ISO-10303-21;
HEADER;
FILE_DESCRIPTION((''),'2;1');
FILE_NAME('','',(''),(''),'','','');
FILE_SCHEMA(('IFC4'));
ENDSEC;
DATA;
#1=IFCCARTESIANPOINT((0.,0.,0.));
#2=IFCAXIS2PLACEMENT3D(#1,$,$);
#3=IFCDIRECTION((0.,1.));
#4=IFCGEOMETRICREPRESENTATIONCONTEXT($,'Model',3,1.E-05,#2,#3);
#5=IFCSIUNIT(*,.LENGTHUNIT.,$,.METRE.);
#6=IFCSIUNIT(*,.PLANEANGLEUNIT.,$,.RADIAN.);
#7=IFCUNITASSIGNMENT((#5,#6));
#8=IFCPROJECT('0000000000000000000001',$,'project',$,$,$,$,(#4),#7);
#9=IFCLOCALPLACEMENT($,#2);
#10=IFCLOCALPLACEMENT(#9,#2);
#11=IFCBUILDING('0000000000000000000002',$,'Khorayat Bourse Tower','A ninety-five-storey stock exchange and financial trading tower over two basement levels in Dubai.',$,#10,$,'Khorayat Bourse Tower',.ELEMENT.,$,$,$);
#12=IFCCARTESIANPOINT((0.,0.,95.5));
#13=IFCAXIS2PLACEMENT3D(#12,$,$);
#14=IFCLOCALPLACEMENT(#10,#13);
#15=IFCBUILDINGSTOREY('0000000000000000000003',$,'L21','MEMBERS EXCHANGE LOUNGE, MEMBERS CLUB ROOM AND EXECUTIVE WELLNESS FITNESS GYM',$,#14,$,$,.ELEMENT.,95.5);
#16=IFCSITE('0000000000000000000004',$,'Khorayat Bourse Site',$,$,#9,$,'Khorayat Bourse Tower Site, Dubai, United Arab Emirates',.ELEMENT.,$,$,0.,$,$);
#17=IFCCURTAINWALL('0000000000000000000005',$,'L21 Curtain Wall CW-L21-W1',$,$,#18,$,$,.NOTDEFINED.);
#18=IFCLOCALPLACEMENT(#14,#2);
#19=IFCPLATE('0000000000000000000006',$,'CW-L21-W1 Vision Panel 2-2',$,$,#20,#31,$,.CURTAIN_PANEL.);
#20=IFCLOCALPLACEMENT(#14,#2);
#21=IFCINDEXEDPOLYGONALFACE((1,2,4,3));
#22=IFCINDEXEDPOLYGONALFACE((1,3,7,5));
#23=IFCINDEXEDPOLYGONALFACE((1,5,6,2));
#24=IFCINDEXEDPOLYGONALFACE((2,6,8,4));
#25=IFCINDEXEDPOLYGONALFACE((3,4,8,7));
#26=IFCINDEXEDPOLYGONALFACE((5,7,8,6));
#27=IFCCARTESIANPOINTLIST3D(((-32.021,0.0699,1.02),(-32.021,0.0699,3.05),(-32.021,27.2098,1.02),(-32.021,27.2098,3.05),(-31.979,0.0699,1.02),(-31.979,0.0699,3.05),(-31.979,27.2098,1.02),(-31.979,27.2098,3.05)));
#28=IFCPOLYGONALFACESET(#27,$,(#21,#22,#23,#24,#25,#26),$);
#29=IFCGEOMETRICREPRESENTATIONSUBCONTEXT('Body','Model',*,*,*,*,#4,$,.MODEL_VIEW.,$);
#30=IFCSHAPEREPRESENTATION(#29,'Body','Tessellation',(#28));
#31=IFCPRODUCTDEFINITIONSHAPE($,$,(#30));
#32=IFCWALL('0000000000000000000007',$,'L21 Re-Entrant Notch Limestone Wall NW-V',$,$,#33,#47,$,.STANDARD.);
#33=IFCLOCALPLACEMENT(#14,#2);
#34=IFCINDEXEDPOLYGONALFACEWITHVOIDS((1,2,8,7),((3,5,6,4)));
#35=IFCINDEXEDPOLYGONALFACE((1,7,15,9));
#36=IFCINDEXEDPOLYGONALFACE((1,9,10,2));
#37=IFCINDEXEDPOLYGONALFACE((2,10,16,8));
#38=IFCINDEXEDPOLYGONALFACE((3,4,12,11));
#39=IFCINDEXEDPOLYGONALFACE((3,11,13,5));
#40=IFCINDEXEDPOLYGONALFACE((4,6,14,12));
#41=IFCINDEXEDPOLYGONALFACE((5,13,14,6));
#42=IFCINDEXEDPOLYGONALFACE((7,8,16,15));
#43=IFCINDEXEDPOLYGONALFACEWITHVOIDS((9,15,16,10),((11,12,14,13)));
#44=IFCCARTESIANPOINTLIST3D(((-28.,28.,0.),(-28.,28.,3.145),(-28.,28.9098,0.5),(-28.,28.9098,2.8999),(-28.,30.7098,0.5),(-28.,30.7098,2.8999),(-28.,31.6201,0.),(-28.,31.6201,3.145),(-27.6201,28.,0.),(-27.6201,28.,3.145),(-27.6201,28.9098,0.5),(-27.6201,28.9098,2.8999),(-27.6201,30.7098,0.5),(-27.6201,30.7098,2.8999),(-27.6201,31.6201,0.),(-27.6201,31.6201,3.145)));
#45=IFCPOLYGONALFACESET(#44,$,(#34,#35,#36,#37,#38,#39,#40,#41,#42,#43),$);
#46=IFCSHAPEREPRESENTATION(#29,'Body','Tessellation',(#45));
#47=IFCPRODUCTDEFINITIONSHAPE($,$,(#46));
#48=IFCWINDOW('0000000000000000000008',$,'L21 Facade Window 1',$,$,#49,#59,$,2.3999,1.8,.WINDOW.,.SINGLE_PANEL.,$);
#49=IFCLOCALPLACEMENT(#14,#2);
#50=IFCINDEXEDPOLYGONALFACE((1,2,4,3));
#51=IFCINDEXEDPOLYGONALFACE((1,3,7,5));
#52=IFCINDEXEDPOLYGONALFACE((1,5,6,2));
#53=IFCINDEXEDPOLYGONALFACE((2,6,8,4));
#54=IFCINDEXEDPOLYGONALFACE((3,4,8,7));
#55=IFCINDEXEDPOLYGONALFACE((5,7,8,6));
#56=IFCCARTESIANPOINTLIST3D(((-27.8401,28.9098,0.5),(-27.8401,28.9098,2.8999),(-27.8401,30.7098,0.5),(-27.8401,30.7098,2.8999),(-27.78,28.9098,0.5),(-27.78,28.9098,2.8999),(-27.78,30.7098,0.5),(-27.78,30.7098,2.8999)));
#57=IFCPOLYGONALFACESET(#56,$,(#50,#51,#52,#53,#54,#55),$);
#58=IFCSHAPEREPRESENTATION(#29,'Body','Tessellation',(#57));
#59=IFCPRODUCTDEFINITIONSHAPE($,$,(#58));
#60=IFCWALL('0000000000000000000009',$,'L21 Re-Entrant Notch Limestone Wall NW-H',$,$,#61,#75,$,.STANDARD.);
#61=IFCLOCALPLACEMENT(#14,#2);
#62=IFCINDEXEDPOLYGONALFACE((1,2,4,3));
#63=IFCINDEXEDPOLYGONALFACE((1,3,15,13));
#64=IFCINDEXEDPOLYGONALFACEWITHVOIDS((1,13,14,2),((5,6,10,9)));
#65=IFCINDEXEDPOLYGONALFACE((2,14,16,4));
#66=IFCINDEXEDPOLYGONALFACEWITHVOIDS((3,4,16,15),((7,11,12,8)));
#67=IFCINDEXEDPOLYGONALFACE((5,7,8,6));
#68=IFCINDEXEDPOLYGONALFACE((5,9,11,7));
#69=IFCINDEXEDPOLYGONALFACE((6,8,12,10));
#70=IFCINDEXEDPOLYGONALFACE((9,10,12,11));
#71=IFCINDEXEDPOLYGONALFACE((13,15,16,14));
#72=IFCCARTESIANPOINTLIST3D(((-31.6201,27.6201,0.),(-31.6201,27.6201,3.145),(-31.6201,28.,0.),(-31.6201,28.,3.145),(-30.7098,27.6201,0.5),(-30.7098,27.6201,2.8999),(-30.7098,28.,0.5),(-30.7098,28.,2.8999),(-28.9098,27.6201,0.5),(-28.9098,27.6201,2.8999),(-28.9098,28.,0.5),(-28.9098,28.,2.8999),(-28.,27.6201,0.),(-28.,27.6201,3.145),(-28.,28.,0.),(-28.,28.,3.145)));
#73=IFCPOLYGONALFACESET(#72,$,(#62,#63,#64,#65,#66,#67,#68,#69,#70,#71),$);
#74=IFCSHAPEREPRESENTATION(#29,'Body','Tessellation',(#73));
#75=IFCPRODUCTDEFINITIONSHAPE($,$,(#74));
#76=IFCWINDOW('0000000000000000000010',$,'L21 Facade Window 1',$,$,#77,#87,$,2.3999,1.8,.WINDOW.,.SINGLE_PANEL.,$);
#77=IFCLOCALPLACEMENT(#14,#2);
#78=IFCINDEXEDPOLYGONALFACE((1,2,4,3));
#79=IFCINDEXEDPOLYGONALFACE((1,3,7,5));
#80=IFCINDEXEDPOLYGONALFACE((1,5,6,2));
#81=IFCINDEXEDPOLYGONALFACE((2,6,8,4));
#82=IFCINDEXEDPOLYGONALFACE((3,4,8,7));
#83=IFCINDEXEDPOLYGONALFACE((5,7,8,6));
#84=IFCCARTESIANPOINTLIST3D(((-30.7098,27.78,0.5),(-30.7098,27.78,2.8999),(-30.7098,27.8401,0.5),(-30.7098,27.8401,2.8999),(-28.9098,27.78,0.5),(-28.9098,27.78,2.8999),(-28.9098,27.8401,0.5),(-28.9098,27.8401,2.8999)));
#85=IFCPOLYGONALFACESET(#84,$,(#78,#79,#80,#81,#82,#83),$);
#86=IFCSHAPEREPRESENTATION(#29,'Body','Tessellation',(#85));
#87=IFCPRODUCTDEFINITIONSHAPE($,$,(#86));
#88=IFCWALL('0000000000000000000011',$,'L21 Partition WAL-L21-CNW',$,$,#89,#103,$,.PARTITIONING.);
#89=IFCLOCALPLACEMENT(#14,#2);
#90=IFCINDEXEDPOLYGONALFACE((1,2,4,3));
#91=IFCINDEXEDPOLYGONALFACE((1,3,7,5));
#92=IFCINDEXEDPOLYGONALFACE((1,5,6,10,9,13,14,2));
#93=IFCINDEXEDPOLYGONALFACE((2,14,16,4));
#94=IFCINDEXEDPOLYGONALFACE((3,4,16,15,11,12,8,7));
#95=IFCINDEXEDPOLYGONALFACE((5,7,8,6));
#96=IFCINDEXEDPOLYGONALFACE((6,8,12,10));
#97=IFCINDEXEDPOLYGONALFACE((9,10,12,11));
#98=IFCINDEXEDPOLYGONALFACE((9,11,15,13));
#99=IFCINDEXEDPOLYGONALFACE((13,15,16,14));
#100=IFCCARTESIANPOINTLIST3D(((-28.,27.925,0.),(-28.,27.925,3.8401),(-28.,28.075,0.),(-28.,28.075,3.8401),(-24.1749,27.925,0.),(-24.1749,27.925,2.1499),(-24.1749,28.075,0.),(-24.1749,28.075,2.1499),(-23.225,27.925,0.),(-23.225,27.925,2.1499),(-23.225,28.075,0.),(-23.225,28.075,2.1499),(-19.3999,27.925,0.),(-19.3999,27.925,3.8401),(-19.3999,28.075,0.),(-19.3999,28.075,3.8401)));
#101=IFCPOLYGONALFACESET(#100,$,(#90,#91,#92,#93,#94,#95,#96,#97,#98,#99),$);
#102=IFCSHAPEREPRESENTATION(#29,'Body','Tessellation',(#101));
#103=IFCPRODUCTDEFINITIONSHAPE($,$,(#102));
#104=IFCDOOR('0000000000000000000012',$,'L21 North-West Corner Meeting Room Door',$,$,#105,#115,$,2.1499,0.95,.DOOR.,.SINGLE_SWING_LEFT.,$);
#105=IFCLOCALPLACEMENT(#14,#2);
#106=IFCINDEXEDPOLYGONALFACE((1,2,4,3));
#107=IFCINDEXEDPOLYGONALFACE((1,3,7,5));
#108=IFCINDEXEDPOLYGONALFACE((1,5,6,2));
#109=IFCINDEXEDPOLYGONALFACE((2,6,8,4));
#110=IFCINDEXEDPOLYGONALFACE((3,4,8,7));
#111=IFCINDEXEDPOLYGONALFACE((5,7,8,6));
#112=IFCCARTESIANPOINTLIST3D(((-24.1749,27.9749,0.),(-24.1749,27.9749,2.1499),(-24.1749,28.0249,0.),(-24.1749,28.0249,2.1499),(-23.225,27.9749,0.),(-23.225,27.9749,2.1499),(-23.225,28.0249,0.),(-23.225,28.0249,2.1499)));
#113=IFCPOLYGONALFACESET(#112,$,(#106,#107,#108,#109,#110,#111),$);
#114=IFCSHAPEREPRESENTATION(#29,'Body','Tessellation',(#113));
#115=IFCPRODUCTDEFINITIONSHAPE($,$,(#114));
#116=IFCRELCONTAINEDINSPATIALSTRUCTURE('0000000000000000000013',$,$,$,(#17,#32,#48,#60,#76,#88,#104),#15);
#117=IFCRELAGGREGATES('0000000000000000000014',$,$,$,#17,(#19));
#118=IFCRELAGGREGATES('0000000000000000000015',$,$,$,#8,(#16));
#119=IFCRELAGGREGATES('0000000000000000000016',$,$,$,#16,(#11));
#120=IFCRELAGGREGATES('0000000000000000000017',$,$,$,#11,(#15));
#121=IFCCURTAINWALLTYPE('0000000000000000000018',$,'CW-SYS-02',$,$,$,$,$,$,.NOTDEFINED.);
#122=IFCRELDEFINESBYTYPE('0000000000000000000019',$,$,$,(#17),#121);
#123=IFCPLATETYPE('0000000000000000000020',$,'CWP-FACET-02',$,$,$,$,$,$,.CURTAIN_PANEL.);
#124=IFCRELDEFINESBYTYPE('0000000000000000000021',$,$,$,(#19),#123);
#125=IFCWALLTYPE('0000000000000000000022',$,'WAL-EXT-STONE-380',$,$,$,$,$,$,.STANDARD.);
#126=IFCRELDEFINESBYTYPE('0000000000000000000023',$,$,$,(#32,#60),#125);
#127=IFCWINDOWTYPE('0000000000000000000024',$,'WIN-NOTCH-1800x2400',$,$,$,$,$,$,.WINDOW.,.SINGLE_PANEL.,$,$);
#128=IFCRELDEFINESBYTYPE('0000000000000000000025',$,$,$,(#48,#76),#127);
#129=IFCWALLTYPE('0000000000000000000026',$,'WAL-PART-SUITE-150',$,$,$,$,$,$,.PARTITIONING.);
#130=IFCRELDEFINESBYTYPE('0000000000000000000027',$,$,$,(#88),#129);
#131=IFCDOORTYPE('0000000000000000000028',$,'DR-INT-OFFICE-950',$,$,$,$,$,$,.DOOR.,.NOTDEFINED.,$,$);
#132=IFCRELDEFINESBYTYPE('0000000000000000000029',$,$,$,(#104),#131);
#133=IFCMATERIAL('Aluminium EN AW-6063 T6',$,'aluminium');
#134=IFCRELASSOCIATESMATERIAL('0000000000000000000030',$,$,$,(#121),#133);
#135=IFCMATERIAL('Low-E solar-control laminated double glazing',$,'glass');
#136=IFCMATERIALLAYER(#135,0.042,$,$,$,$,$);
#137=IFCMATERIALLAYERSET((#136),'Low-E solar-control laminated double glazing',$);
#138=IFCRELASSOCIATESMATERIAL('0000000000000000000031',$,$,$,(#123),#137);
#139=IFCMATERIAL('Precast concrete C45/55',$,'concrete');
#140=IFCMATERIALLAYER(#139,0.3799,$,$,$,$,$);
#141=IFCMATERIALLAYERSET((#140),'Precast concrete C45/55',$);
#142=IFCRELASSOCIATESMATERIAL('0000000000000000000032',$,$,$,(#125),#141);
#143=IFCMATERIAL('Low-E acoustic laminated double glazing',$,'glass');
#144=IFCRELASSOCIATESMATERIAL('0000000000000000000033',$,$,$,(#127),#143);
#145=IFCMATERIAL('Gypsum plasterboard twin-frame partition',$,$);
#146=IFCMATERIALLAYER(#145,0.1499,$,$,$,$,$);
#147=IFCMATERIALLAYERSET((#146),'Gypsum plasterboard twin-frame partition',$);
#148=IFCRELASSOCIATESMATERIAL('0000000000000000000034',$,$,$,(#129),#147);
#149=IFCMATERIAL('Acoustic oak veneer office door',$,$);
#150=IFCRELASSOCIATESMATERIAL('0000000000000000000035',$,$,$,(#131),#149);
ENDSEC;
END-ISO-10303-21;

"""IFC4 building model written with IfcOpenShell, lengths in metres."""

from ifc_helpers import new_model, si_unit, direction, frame, frame_2d, origin, origin_2d, place, context, subcontext, project, spatial, rectangle, extrude, source, transform, mapped, material, layer, layer_set, type_object, element, fill, aggregate, save


model = new_model("IFC4")

# Units and contexts
model_context = context("Model", 3, precision=1e-05, world=origin(), true_north=direction((0.0, 1.0)))
body_context = subcontext(model_context, "Body", "Model", "MODEL_VIEW")
ifc_project = project(units=[si_unit("LENGTHUNIT", "METRE"), si_unit("PLANEANGLEUNIT", "RADIAN")], contexts=[model_context])

# Site, building, storey
site_placement = place(None, origin())
site = spatial("IfcSite", under=ifc_project, at=site_placement, Name="Khorayat Bourse Site", LongName="Khorayat Bourse Tower Site, Dubai, United Arab Emirates", CompositionType="ELEMENT", RefElevation=0.0)
building_placement = place(site_placement, origin())
building = spatial("IfcBuilding", under=site, at=building_placement, Name="Khorayat Bourse Tower", Description="A ninety-five-storey stock exchange and financial trading tower over two basement levels in Dubai.", LongName="Khorayat Bourse Tower", CompositionType="ELEMENT")
storey_placement = place(building_placement, frame((0.0, 0.0, 95.5)))
storey = spatial("IfcBuildingStorey", under=building, at=storey_placement, Name="L21", Description="MEMBERS EXCHANGE LOUNGE, MEMBERS CLUB ROOM AND EXECUTIVE WELLNESS FITNESS GYM", CompositionType="ELEMENT", Elevation=95.5)

# Shared definitions
ifc_material_1 = material(Name="Aluminium EN AW-6063 T6", Category="aluminium")
curtain_wall_type = type_object("IfcCurtainWallType", Name="CW-SYS-02", PredefinedType="NOTDEFINED", material=ifc_material_1)

# Curtain wall, plate
curtain_wall_1_placement = place(storey_placement, origin())
curtain_wall_1 = element("IfcCurtainWall", 1, at=curtain_wall_1_placement, inside=storey, type_object=curtain_wall_type, Name="L21 Curtain Wall CW-L21-W1", PredefinedType="NOTDEFINED")
ifc_material_2 = material(Name="Low-E solar-control laminated double glazing", Category="glass")
ifc_layer_1 = layer(ifc_material_2, 0.042)
ifc_layer_set_1 = layer_set([ifc_layer_1], Name="Low-E solar-control laminated double glazing")
plate_type_1 = type_object("IfcPlateType", Name="CWP-FACET-02", PredefinedType="CURTAIN_PANEL", material=ifc_layer_set_1)
shared_shape_1 = source(origin(), body_context, "Body", "SweptSolid", [
    extrude(rectangle(XDim=27.1399, YDim=0.042, at=origin_2d()), origin(), (0.0, 0.0, 1.0), 2.03),
])
plate_1_placement = place(storey_placement, frame((-32.0, 13.6399, 1.02), z_axis=(0.0, 0.0, 1.0), x_axis=(0.0, 1.0, 0.0)))
plate_1 = element("IfcPlate", 2, at=plate_1_placement, type_object=plate_type_1, Name="CW-L21-W1 Vision Panel 2-2", PredefinedType="CURTAIN_PANEL", context=body_context, shape_type="MappedRepresentation", body=[
    mapped(shared_shape_1, transform((0.0, 0.0, 0.0), scale=1.0)),
])
aggregate(curtain_wall_1, [plate_1])

# Walls, openings, windows
ifc_material_3 = material(Name="Precast concrete C45/55", Category="concrete")
ifc_layer_2 = layer(ifc_material_3, 0.3799)
ifc_layer_set_2 = layer_set([ifc_layer_2], Name="Precast concrete C45/55")
wall_type_1 = type_object("IfcWallType", Name="WAL-EXT-STONE-380", PredefinedType="STANDARD", material=ifc_layer_set_2)
shared_shape_2 = source(origin(), body_context, "Body", "SweptSolid", [
    extrude(rectangle(XDim=3.6201, YDim=0.3799, at=frame_2d((1.8101, 0.0))), origin(), (0.0, 0.0, 1.0), 3.145),
])
wall_1_placement = place(storey_placement, frame((-27.8101, 28.0, 0.0), z_axis=(0.0, 0.0, 1.0), x_axis=(0.0, 1.0, 0.0)))
wall_1 = element("IfcWall", 3, at=wall_1_placement, inside=storey, type_object=wall_type_1, Name="L21 Re-Entrant Notch Limestone Wall NW-V", PredefinedType="STANDARD", context=body_context, shape_type="MappedRepresentation", body=[
    mapped(shared_shape_2, transform((0.0, 0.0, 0.0), scale=1.0)),
])
shared_shape_3 = source(origin(), body_context, "Body", "SweptSolid", [
    extrude(rectangle(XDim=1.8, YDim=2.3999, at=frame_2d((0.8999, 1.2))), frame((0.0, 0.2, 0.0), z_axis=(0.0, -1.0, 0.0), x_axis=(1.0, 0.0, 0.0)), (0.0, 0.0, 1.0), 0.3999),
])
opening_1_placement = place(wall_1_placement, frame((0.9099, 0.0, 0.5)))
opening_1 = element("IfcOpeningElement", 4, at=opening_1_placement, cuts=wall_1, PredefinedType="OPENING", context=body_context, shape_type="MappedRepresentation", body=[
    mapped(shared_shape_3, transform((0.0, 0.0, 0.0), scale=1.0)),
])
ifc_material_4 = material(Name="Low-E acoustic laminated double glazing", Category="glass")
window_type = type_object("IfcWindowType", Name="WIN-NOTCH-1800x2400", PartitioningType="SINGLE_PANEL", PredefinedType="WINDOW", material=ifc_material_4)
shared_shape_4 = source(origin(), body_context, "Body", "SweptSolid", [
    extrude(rectangle(XDim=1.8, YDim=2.3999, at=frame_2d((0.8999, 1.2))), frame((0.0, 0.03, 0.0), z_axis=(0.0, -1.0, 0.0), x_axis=(1.0, 0.0, 0.0)), (0.0, 0.0, 1.0), 0.0601),
])
window_1_placement = place(opening_1_placement, origin())
window_1 = element("IfcWindow", 5, at=window_1_placement, inside=storey, type_object=window_type, Name="L21 Facade Window 1", OverallHeight=2.3999, OverallWidth=1.8, PartitioningType="SINGLE_PANEL", PredefinedType="WINDOW", context=body_context, shape_type="MappedRepresentation", body=[
    mapped(shared_shape_4, transform((0.0, 0.0, 0.0), scale=1.0)),
])
fill(opening_1, window_1)
wall_2_placement = place(storey_placement, frame((-28.0, 27.8101, 0.0), z_axis=(0.0, 0.0, 1.0), x_axis=(-1.0, 0.0, 0.0)))
wall_2 = element("IfcWall", 6, at=wall_2_placement, inside=storey, type_object=wall_type_1, Name="L21 Re-Entrant Notch Limestone Wall NW-H", PredefinedType="STANDARD", context=body_context, shape_type="MappedRepresentation", body=[
    mapped(shared_shape_2, transform((0.0, 0.0, 0.0), scale=1.0)),
])
opening_2_placement = place(wall_2_placement, frame((0.9099, 0.0, 0.5)))
opening_2 = element("IfcOpeningElement", 7, at=opening_2_placement, cuts=wall_2, PredefinedType="OPENING", context=body_context, shape_type="MappedRepresentation", body=[
    mapped(shared_shape_3, transform((0.0, 0.0, 0.0), scale=1.0)),
])
window_2_placement = place(opening_2_placement, origin())
window_2 = element("IfcWindow", 8, at=window_2_placement, inside=storey, type_object=window_type, Name="L21 Facade Window 1", OverallHeight=2.3999, OverallWidth=1.8, PartitioningType="SINGLE_PANEL", PredefinedType="WINDOW", context=body_context, shape_type="MappedRepresentation", body=[
    mapped(shared_shape_4, transform((0.0, 0.0, 0.0), scale=1.0)),
])
fill(opening_2, window_2)

# Wall, opening, door
ifc_material_5 = material(Name="Gypsum plasterboard twin-frame partition")
ifc_layer_3 = layer(ifc_material_5, 0.1499)
ifc_layer_set_3 = layer_set([ifc_layer_3], Name="Gypsum plasterboard twin-frame partition")
wall_type_2 = type_object("IfcWallType", Name="WAL-PART-SUITE-150", PredefinedType="PARTITIONING", material=ifc_layer_set_3)
shared_shape_5 = source(origin(), body_context, "Body", "SweptSolid", [
    extrude(rectangle(XDim=8.6001, YDim=0.1499, at=frame_2d((4.3, 0.0))), origin(), (0.0, 0.0, 1.0), 3.8401),
])
wall_3_placement = place(storey_placement, frame((-28.0, 28.0, 0.0), z_axis=(0.0, 0.0, 1.0), x_axis=(1.0, 0.0, 0.0)))
wall_3 = element("IfcWall", 9, at=wall_3_placement, inside=storey, type_object=wall_type_2, Name="L21 Partition WAL-L21-CNW", PredefinedType="PARTITIONING", context=body_context, shape_type="MappedRepresentation", body=[
    mapped(shared_shape_5, transform((0.0, 0.0, 0.0), scale=1.0)),
])
shared_shape_6 = source(origin(), body_context, "Body", "SweptSolid", [
    extrude(rectangle(XDim=0.95, YDim=2.1499, at=frame_2d((0.4751, 1.075))), frame((0.0, 0.085, 0.0), z_axis=(0.0, -1.0, 0.0), x_axis=(1.0, 0.0, 0.0)), (0.0, 0.0, 1.0), 0.1699),
])
opening_3_placement = place(wall_3_placement, frame((3.825, 0.0, 0.0)))
opening_3 = element("IfcOpeningElement", 10, at=opening_3_placement, cuts=wall_3, PredefinedType="OPENING", context=body_context, shape_type="MappedRepresentation", body=[
    mapped(shared_shape_6, transform((0.0, 0.0, 0.0), scale=1.0)),
])
ifc_material_6 = material(Name="Acoustic oak veneer office door")
door_type = type_object("IfcDoorType", Name="DR-INT-OFFICE-950", OperationType="NOTDEFINED", PredefinedType="DOOR", material=ifc_material_6)
shared_shape_7 = source(origin(), body_context, "Body", "SweptSolid", [
    extrude(rectangle(XDim=0.95, YDim=2.1499, at=frame_2d((0.4751, 1.075))), frame((0.0, 0.0249, 0.0), z_axis=(0.0, -1.0, 0.0), x_axis=(1.0, 0.0, 0.0)), (0.0, 0.0, 1.0), 0.05),
])
door_placement = place(opening_3_placement, origin())
door = element("IfcDoor", 11, at=door_placement, inside=storey, type_object=door_type, Name="L21 North-West Corner Meeting Room Door", OperationType="SINGLE_SWING_LEFT", OverallHeight=2.1499, OverallWidth=0.95, PredefinedType="DOOR", context=body_context, shape_type="MappedRepresentation", body=[
    mapped(shared_shape_7, transform((0.0, 0.0, 0.0), scale=1.0)),
])
fill(opening_3, door)

save(model, "model.ifc")
